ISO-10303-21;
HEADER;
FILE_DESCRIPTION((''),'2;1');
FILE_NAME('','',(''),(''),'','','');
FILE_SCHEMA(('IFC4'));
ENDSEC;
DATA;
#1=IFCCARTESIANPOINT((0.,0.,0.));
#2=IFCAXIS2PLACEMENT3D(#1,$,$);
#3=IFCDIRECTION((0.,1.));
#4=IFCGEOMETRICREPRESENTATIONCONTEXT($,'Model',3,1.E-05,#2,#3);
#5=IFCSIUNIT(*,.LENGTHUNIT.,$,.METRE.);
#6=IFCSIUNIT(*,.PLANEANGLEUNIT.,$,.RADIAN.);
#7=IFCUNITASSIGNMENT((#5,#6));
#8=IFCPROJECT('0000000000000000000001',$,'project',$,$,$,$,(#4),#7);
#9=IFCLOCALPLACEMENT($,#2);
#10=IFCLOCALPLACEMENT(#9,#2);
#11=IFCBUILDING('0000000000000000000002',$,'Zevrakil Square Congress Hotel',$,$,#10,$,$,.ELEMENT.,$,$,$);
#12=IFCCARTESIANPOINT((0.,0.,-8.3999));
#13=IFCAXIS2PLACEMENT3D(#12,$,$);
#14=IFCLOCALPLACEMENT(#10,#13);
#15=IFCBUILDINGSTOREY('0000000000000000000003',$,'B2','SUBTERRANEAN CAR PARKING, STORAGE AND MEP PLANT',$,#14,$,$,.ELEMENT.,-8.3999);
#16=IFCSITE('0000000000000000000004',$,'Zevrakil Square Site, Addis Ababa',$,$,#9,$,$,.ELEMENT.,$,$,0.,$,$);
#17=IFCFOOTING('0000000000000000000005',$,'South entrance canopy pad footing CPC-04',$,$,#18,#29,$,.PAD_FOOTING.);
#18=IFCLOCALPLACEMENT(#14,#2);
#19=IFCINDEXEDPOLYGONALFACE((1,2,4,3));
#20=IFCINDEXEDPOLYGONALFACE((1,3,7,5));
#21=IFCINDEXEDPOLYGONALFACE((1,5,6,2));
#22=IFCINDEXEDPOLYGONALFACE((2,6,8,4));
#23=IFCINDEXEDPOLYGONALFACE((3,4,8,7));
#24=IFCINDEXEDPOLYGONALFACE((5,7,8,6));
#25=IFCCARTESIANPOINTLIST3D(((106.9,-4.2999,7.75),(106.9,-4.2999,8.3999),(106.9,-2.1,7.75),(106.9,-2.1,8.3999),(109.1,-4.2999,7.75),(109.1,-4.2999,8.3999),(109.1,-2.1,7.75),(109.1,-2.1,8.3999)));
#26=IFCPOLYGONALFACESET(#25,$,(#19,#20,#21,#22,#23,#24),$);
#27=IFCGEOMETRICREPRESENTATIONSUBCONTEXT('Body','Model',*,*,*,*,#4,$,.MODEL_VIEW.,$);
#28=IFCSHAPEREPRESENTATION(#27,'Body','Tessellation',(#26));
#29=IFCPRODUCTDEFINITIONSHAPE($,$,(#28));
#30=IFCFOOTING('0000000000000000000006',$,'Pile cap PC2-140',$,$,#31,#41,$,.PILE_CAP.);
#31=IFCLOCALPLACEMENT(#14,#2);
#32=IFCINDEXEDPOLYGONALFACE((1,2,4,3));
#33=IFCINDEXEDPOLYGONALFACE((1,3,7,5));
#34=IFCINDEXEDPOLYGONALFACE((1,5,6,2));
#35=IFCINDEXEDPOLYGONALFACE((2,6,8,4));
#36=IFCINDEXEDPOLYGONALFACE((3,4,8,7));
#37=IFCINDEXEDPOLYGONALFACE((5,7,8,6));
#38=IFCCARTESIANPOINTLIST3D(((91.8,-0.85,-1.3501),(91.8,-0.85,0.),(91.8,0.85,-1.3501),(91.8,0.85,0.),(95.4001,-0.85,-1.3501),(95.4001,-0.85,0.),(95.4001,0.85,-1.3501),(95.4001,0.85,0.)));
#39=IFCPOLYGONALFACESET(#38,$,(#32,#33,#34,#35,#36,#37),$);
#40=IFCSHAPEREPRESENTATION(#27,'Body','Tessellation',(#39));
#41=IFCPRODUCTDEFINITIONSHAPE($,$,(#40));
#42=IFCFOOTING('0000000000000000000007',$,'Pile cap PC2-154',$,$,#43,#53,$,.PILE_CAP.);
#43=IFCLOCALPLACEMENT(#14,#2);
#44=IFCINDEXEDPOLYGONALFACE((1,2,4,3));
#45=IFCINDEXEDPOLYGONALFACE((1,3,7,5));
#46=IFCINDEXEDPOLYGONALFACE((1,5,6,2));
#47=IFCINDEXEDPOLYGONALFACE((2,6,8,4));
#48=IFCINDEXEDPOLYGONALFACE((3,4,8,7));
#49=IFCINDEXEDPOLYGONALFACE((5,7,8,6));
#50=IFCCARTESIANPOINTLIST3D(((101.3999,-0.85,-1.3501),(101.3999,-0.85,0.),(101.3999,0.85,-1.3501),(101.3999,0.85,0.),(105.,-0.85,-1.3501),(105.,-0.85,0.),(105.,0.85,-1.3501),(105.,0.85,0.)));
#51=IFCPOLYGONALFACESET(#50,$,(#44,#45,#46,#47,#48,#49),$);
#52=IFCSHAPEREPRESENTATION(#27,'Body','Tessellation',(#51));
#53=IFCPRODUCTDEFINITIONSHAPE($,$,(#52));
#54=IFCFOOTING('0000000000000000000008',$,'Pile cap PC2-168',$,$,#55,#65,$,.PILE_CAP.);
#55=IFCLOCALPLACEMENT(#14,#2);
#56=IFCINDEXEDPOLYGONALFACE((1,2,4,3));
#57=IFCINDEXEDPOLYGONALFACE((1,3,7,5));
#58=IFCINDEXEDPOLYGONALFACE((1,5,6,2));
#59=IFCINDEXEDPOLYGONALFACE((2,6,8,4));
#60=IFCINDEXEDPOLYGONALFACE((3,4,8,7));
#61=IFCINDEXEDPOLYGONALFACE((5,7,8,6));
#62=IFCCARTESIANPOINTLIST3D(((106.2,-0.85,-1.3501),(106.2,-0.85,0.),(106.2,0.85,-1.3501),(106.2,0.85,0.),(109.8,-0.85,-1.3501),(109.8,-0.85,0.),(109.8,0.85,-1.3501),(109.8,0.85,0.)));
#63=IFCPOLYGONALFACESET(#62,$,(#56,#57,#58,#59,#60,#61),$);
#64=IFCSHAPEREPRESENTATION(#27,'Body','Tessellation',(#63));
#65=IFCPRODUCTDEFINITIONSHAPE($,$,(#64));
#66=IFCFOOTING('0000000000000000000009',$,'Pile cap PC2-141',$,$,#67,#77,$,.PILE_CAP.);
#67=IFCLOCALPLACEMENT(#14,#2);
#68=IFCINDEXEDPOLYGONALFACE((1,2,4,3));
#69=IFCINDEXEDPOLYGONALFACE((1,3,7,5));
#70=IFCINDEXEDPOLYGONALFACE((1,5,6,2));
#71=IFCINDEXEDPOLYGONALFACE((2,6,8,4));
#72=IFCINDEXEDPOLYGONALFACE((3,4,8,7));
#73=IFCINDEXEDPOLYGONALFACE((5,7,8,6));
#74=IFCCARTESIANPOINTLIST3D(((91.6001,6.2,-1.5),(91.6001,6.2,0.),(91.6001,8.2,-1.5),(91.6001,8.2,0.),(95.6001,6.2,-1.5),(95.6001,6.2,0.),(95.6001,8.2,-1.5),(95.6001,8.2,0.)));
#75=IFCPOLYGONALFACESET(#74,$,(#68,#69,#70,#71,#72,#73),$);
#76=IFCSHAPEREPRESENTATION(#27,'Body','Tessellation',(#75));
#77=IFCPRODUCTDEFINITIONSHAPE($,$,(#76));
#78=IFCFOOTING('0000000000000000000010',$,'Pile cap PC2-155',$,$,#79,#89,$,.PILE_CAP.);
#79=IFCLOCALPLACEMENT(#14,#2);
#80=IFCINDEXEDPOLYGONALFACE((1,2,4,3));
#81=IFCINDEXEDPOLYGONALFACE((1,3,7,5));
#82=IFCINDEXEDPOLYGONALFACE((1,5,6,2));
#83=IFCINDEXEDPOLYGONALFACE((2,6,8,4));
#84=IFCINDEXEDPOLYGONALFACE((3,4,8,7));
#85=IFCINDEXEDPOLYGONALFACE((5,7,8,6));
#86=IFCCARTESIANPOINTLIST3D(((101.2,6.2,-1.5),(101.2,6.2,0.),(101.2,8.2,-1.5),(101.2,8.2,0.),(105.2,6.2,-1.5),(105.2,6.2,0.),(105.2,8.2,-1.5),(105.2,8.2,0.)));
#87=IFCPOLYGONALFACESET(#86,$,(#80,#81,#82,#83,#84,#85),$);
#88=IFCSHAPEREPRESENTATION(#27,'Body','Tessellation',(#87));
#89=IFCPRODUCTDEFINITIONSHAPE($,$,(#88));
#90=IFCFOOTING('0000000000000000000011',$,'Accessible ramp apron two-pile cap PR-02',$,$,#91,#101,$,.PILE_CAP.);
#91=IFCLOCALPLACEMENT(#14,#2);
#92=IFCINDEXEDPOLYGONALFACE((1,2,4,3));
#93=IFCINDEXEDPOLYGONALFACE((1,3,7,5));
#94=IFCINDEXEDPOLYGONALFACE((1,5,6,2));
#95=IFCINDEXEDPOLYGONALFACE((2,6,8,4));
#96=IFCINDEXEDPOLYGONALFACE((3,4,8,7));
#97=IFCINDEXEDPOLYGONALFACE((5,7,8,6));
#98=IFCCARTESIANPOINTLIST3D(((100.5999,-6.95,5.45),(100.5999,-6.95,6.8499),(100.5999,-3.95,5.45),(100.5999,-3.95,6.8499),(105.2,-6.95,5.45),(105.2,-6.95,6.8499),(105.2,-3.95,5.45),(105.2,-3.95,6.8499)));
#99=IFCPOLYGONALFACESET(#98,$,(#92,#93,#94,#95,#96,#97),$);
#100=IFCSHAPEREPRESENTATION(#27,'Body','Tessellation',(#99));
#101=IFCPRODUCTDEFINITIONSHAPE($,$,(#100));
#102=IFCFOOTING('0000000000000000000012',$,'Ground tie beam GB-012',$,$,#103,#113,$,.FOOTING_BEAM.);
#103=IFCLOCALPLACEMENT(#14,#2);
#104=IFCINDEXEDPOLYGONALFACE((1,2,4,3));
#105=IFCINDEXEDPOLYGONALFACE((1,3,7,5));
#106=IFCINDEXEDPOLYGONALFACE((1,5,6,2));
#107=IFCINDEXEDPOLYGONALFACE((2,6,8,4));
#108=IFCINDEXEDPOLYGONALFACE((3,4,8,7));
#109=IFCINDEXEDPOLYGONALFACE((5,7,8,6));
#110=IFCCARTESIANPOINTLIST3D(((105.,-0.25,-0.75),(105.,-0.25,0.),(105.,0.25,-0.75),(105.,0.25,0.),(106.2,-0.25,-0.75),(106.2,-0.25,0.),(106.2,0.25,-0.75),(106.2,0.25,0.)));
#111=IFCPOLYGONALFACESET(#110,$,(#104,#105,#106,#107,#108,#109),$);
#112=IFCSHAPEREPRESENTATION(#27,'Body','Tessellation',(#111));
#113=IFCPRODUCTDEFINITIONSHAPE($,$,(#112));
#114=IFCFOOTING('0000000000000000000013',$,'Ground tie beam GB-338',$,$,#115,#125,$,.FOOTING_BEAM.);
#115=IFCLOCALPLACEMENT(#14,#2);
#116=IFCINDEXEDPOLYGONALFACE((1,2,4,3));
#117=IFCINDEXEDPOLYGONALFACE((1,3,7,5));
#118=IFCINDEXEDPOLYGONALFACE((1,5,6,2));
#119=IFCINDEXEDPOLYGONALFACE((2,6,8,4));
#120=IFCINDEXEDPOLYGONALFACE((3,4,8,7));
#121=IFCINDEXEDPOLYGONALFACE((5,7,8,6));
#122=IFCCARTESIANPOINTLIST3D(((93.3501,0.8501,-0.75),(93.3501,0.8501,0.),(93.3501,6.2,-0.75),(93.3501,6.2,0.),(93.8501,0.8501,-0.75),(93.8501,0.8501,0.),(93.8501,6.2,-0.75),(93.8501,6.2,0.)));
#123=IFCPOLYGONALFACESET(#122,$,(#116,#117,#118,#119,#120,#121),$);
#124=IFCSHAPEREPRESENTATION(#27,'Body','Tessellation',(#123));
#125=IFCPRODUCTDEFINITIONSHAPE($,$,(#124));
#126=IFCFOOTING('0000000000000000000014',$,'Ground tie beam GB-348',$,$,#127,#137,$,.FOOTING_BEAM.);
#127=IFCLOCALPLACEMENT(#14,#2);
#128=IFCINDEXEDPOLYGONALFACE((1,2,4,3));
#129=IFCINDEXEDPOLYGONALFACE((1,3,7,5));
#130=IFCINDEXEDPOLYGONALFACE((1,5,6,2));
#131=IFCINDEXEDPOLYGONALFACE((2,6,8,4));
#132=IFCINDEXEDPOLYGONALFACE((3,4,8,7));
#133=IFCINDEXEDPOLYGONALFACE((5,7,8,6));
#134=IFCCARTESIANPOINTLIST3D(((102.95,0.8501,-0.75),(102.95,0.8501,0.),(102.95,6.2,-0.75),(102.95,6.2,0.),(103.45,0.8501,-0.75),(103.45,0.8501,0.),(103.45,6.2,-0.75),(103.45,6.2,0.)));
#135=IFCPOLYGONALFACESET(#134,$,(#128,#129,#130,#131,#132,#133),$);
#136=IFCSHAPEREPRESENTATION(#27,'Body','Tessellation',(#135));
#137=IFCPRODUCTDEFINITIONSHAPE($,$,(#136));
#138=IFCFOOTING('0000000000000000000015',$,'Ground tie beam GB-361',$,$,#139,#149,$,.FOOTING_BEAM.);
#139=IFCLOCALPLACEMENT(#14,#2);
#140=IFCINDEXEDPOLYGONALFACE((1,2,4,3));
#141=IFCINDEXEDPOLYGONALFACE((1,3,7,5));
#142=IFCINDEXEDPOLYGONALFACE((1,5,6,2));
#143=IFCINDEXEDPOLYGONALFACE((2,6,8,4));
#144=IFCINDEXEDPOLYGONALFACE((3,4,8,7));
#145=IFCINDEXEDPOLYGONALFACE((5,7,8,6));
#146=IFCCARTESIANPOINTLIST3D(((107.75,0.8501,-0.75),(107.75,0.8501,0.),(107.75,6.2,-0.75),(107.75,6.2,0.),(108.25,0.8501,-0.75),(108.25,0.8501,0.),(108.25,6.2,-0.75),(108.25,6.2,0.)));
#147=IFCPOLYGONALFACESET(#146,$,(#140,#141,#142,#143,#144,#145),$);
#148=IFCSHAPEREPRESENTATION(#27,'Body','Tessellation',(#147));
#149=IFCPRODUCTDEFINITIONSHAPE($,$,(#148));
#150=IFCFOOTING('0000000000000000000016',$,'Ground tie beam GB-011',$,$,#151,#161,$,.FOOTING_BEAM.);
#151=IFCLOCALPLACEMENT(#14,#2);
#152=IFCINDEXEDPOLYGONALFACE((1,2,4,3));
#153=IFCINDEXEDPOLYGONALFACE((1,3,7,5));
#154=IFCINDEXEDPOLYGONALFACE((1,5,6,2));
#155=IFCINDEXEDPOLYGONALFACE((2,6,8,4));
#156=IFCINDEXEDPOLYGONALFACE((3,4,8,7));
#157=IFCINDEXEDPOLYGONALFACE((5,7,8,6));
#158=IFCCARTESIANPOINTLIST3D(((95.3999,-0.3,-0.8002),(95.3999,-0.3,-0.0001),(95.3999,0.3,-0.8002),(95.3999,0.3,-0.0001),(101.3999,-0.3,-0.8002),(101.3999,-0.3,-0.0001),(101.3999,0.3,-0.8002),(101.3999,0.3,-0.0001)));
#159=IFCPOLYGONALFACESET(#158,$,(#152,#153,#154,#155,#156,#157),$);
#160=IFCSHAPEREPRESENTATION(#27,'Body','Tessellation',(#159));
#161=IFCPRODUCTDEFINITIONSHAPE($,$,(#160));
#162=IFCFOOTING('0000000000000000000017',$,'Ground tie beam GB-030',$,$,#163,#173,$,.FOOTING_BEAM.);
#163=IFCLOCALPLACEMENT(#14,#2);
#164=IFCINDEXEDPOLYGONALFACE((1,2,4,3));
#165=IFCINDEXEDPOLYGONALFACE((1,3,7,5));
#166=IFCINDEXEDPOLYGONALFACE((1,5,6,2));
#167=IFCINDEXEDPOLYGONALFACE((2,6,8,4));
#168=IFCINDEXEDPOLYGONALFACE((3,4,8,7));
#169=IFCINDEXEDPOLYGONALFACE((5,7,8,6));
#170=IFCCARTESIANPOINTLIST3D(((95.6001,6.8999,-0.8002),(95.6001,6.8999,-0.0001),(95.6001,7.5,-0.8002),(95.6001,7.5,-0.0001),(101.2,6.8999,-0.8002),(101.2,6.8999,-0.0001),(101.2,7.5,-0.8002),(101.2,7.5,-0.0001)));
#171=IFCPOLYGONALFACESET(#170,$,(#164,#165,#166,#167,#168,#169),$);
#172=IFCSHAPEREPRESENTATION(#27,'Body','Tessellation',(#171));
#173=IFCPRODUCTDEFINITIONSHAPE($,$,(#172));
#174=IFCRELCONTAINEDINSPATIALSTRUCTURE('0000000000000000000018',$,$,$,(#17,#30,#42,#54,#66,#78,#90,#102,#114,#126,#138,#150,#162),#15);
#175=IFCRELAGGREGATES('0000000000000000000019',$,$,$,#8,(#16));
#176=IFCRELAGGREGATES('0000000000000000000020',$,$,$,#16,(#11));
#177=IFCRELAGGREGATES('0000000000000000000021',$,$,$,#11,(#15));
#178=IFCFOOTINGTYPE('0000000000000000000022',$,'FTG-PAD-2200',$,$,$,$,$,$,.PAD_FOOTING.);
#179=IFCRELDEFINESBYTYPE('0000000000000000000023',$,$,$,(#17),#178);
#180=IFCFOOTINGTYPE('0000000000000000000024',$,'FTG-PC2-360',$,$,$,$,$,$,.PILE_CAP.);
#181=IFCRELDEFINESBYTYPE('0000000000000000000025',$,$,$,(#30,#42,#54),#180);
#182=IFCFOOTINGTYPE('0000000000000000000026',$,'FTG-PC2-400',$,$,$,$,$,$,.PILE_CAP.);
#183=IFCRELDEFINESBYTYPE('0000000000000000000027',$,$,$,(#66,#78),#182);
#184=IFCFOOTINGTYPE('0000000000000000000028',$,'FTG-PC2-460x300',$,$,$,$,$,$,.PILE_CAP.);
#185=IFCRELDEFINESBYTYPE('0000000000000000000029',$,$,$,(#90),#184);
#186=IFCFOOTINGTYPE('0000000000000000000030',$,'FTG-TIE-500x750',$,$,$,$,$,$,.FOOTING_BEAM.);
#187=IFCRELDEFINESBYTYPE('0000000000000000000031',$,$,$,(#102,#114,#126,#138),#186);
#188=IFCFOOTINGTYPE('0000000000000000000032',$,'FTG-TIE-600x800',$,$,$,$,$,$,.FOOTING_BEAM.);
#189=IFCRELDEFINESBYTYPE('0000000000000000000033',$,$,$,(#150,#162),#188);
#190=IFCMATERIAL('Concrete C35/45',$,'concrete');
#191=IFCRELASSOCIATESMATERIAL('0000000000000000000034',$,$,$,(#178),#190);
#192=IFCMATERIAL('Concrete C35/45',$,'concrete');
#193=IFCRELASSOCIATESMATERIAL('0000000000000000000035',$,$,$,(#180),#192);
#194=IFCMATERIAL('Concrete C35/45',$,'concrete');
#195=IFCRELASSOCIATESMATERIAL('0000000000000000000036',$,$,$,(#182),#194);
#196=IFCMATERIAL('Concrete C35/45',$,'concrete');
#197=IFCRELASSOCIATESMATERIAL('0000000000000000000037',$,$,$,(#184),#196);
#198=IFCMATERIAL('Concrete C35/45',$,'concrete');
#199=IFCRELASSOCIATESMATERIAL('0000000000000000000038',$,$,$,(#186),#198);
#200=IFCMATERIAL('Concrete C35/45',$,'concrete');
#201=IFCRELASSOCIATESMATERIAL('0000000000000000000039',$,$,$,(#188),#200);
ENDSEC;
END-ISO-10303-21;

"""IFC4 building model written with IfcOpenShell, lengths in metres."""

from ifc_helpers import new_model, si_unit, direction, frame, origin, origin_2d, place, context, subcontext, project, spatial, rectangle, extrude, material, material_profile, profile_set, type_object, element, save


model = new_model("IFC4")

# Units and contexts
model_context = context("Model", 3, precision=1e-05, world=origin(), true_north=direction((0.0, 1.0)))
body_context = subcontext(model_context, "Body", "Model", "MODEL_VIEW")
ifc_project = project(units=[si_unit("LENGTHUNIT", "METRE"), si_unit("PLANEANGLEUNIT", "RADIAN")], contexts=[model_context])

# Site, building, storey
site_placement = place(None, origin())
site = spatial("IfcSite", under=ifc_project, at=site_placement, Name="Zevrakil Square Site, Addis Ababa", CompositionType="ELEMENT", RefElevation=0.0)
building_placement = place(site_placement, origin())
building = spatial("IfcBuilding", under=site, at=building_placement, Name="Zevrakil Square Congress Hotel", CompositionType="ELEMENT")
storey_placement = place(building_placement, frame((0.0, 0.0, -8.3999)))
storey = spatial("IfcBuildingStorey", under=building, at=storey_placement, Name="B2", Description="SUBTERRANEAN CAR PARKING, STORAGE AND MEP PLANT", CompositionType="ELEMENT", Elevation=-8.3999)

# Footings
ifc_material_1 = material(Name="Concrete C35/45", Category="concrete")
footing_type_1 = type_object("IfcFootingType", Name="FTG-PAD-2200", PredefinedType="PAD_FOOTING", material=ifc_material_1)
footing_1_placement = place(storey_placement, frame((108.0, -3.2, 7.75), z_axis=(0.0, 0.0, 1.0), x_axis=(1.0, 0.0, 0.0)))
element("IfcFooting", 1, at=footing_1_placement, inside=storey, type_object=footing_type_1, Name="South entrance canopy pad footing CPC-04", PredefinedType="PAD_FOOTING", context=body_context, shape_type="SweptSolid", body=[
    extrude(rectangle(XDim=2.2, YDim=2.2, at=origin_2d()), origin(), (0.0, 0.0, 1.0), 0.6499),
])
ifc_material_2 = material(Name="Concrete C35/45", Category="concrete")
footing_type_2 = type_object("IfcFootingType", Name="FTG-PC2-360", PredefinedType="PILE_CAP", material=ifc_material_2)
for number, where, z_axis, x_axis, name in (
    (2, (93.6001, 0.0, -1.3501), (0.0, 0.0, 1.0), (1.0, 0.0, 0.0), "Pile cap PC2-140"),
    (3, (103.2, 0.0, -1.3501), (0.0, 0.0, 1.0), (1.0, 0.0, 0.0), "Pile cap PC2-154"),
    (4, (108.0, 0.0, -1.3501), (0.0, 0.0, 1.0), (1.0, 0.0, 0.0), "Pile cap PC2-168"),
):
    element("IfcFooting", number, at=place(storey_placement, frame(where, z_axis=z_axis, x_axis=x_axis)), inside=storey, type_object=footing_type_2, Name=name, PredefinedType="PILE_CAP", context=body_context, shape_type="SweptSolid", body=[
        extrude(rectangle(XDim=3.6001, YDim=1.7, at=origin_2d()), origin(), (0.0, 0.0, 1.0), 1.3501),
    ])
ifc_material_3 = material(Name="Concrete C35/45", Category="concrete")
footing_type_3 = type_object("IfcFootingType", Name="FTG-PC2-400", PredefinedType="PILE_CAP", material=ifc_material_3)
for number, where, z_axis, x_axis, name in (
    (5, (93.6001, 7.2, -1.5), (0.0, 0.0, 1.0), (1.0, 0.0, 0.0), "Pile cap PC2-141"),
    (6, (103.2, 7.2, -1.5), (0.0, 0.0, 1.0), (1.0, 0.0, 0.0), "Pile cap PC2-155"),
):
    element("IfcFooting", number, at=place(storey_placement, frame(where, z_axis=z_axis, x_axis=x_axis)), inside=storey, type_object=footing_type_3, Name=name, PredefinedType="PILE_CAP", context=body_context, shape_type="SweptSolid", body=[
        extrude(rectangle(XDim=4.0, YDim=2.0, at=origin_2d()), origin(), (0.0, 0.0, 1.0), 1.5),
    ])
ifc_material_4 = material(Name="Concrete C35/45", Category="concrete")
footing_type_4 = type_object("IfcFootingType", Name="FTG-PC2-460x300", PredefinedType="PILE_CAP", material=ifc_material_4)
footing_2_placement = place(storey_placement, frame((102.8999, -5.45, 5.45), z_axis=(0.0, 0.0, 1.0), x_axis=(1.0, 0.0, 0.0)))
element("IfcFooting", 7, at=footing_2_placement, inside=storey, type_object=footing_type_4, Name="Accessible ramp apron two-pile cap PR-02", PredefinedType="PILE_CAP", context=body_context, shape_type="SweptSolid", body=[
    extrude(rectangle(XDim=4.6001, YDim=3.0, at=origin_2d()), origin(), (0.0, 0.0, 1.0), 1.3999),
])
ifc_material_5 = material(Name="Concrete C35/45", Category="concrete")
ifc_material_profile_1 = material_profile(ifc_material_5, rectangle(XDim=0.5, YDim=0.75, at=origin_2d()), Name="RC 500x750")
ifc_profile_set_1 = profile_set([ifc_material_profile_1], Name="Concrete C35/45")
footing_type_5 = type_object("IfcFootingType", Name="FTG-TIE-500x750", PredefinedType="FOOTING_BEAM", material=ifc_profile_set_1)
footing_3_placement = place(storey_placement, frame((105.0, 0.0, -0.375), z_axis=(1.0, 0.0, 0.0), x_axis=(0.0, 1.0, 0.0)))
element("IfcFooting", 8, at=footing_3_placement, inside=storey, type_object=footing_type_5, Name="Ground tie beam GB-012", PredefinedType="FOOTING_BEAM", context=body_context, shape_type="SweptSolid", body=[
    extrude(rectangle(XDim=0.5, YDim=0.75, at=origin_2d()), origin(), (0.0, 0.0, 1.0), 1.2),
])
for number, where, z_axis, x_axis, name in (
    (9, (93.6001, 0.8501, -0.375), (0.0, 1.0, 0.0), (-1.0, 0.0, 0.0), "Ground tie beam GB-338"),
    (10, (103.2, 0.8501, -0.375), (0.0, 1.0, 0.0), (-1.0, 0.0, 0.0), "Ground tie beam GB-348"),
    (11, (108.0, 0.8501, -0.375), (0.0, 1.0, 0.0), (-1.0, 0.0, 0.0), "Ground tie beam GB-361"),
):
    element("IfcFooting", number, at=place(storey_placement, frame(where, z_axis=z_axis, x_axis=x_axis)), inside=storey, type_object=footing_type_5, Name=name, PredefinedType="FOOTING_BEAM", context=body_context, shape_type="SweptSolid", body=[
        extrude(rectangle(XDim=0.5, YDim=0.75, at=origin_2d()), origin(), (0.0, 0.0, 1.0), 5.3499),
    ])
ifc_material_6 = material(Name="Concrete C35/45", Category="concrete")
ifc_material_profile_2 = material_profile(ifc_material_6, rectangle(XDim=0.6001, YDim=0.8, at=origin_2d()), Name="RC 600x800")
ifc_profile_set_2 = profile_set([ifc_material_profile_2], Name="Concrete C35/45")
footing_type_6 = type_object("IfcFootingType", Name="FTG-TIE-600x800", PredefinedType="FOOTING_BEAM", material=ifc_profile_set_2)
footing_4_placement = place(storey_placement, frame((95.3999, 0.0, -0.4001), z_axis=(1.0, 0.0, 0.0), x_axis=(0.0, 1.0, 0.0)))
element("IfcFooting", 12, at=footing_4_placement, inside=storey, type_object=footing_type_6, Name="Ground tie beam GB-011", PredefinedType="FOOTING_BEAM", context=body_context, shape_type="SweptSolid", body=[
    extrude(rectangle(XDim=0.6001, YDim=0.8, at=origin_2d()), origin(), (0.0, 0.0, 1.0), 6.0),
])
footing_5_placement = place(storey_placement, frame((95.6001, 7.2, -0.4001), z_axis=(1.0, 0.0, 0.0), x_axis=(0.0, 1.0, 0.0)))
element("IfcFooting", 13, at=footing_5_placement, inside=storey, type_object=footing_type_6, Name="Ground tie beam GB-030", PredefinedType="FOOTING_BEAM", context=body_context, shape_type="SweptSolid", body=[
    extrude(rectangle(XDim=0.6001, YDim=0.8, at=origin_2d()), origin(), (0.0, 0.0, 1.0), 5.5999),
])

save(model, "model.ifc")
